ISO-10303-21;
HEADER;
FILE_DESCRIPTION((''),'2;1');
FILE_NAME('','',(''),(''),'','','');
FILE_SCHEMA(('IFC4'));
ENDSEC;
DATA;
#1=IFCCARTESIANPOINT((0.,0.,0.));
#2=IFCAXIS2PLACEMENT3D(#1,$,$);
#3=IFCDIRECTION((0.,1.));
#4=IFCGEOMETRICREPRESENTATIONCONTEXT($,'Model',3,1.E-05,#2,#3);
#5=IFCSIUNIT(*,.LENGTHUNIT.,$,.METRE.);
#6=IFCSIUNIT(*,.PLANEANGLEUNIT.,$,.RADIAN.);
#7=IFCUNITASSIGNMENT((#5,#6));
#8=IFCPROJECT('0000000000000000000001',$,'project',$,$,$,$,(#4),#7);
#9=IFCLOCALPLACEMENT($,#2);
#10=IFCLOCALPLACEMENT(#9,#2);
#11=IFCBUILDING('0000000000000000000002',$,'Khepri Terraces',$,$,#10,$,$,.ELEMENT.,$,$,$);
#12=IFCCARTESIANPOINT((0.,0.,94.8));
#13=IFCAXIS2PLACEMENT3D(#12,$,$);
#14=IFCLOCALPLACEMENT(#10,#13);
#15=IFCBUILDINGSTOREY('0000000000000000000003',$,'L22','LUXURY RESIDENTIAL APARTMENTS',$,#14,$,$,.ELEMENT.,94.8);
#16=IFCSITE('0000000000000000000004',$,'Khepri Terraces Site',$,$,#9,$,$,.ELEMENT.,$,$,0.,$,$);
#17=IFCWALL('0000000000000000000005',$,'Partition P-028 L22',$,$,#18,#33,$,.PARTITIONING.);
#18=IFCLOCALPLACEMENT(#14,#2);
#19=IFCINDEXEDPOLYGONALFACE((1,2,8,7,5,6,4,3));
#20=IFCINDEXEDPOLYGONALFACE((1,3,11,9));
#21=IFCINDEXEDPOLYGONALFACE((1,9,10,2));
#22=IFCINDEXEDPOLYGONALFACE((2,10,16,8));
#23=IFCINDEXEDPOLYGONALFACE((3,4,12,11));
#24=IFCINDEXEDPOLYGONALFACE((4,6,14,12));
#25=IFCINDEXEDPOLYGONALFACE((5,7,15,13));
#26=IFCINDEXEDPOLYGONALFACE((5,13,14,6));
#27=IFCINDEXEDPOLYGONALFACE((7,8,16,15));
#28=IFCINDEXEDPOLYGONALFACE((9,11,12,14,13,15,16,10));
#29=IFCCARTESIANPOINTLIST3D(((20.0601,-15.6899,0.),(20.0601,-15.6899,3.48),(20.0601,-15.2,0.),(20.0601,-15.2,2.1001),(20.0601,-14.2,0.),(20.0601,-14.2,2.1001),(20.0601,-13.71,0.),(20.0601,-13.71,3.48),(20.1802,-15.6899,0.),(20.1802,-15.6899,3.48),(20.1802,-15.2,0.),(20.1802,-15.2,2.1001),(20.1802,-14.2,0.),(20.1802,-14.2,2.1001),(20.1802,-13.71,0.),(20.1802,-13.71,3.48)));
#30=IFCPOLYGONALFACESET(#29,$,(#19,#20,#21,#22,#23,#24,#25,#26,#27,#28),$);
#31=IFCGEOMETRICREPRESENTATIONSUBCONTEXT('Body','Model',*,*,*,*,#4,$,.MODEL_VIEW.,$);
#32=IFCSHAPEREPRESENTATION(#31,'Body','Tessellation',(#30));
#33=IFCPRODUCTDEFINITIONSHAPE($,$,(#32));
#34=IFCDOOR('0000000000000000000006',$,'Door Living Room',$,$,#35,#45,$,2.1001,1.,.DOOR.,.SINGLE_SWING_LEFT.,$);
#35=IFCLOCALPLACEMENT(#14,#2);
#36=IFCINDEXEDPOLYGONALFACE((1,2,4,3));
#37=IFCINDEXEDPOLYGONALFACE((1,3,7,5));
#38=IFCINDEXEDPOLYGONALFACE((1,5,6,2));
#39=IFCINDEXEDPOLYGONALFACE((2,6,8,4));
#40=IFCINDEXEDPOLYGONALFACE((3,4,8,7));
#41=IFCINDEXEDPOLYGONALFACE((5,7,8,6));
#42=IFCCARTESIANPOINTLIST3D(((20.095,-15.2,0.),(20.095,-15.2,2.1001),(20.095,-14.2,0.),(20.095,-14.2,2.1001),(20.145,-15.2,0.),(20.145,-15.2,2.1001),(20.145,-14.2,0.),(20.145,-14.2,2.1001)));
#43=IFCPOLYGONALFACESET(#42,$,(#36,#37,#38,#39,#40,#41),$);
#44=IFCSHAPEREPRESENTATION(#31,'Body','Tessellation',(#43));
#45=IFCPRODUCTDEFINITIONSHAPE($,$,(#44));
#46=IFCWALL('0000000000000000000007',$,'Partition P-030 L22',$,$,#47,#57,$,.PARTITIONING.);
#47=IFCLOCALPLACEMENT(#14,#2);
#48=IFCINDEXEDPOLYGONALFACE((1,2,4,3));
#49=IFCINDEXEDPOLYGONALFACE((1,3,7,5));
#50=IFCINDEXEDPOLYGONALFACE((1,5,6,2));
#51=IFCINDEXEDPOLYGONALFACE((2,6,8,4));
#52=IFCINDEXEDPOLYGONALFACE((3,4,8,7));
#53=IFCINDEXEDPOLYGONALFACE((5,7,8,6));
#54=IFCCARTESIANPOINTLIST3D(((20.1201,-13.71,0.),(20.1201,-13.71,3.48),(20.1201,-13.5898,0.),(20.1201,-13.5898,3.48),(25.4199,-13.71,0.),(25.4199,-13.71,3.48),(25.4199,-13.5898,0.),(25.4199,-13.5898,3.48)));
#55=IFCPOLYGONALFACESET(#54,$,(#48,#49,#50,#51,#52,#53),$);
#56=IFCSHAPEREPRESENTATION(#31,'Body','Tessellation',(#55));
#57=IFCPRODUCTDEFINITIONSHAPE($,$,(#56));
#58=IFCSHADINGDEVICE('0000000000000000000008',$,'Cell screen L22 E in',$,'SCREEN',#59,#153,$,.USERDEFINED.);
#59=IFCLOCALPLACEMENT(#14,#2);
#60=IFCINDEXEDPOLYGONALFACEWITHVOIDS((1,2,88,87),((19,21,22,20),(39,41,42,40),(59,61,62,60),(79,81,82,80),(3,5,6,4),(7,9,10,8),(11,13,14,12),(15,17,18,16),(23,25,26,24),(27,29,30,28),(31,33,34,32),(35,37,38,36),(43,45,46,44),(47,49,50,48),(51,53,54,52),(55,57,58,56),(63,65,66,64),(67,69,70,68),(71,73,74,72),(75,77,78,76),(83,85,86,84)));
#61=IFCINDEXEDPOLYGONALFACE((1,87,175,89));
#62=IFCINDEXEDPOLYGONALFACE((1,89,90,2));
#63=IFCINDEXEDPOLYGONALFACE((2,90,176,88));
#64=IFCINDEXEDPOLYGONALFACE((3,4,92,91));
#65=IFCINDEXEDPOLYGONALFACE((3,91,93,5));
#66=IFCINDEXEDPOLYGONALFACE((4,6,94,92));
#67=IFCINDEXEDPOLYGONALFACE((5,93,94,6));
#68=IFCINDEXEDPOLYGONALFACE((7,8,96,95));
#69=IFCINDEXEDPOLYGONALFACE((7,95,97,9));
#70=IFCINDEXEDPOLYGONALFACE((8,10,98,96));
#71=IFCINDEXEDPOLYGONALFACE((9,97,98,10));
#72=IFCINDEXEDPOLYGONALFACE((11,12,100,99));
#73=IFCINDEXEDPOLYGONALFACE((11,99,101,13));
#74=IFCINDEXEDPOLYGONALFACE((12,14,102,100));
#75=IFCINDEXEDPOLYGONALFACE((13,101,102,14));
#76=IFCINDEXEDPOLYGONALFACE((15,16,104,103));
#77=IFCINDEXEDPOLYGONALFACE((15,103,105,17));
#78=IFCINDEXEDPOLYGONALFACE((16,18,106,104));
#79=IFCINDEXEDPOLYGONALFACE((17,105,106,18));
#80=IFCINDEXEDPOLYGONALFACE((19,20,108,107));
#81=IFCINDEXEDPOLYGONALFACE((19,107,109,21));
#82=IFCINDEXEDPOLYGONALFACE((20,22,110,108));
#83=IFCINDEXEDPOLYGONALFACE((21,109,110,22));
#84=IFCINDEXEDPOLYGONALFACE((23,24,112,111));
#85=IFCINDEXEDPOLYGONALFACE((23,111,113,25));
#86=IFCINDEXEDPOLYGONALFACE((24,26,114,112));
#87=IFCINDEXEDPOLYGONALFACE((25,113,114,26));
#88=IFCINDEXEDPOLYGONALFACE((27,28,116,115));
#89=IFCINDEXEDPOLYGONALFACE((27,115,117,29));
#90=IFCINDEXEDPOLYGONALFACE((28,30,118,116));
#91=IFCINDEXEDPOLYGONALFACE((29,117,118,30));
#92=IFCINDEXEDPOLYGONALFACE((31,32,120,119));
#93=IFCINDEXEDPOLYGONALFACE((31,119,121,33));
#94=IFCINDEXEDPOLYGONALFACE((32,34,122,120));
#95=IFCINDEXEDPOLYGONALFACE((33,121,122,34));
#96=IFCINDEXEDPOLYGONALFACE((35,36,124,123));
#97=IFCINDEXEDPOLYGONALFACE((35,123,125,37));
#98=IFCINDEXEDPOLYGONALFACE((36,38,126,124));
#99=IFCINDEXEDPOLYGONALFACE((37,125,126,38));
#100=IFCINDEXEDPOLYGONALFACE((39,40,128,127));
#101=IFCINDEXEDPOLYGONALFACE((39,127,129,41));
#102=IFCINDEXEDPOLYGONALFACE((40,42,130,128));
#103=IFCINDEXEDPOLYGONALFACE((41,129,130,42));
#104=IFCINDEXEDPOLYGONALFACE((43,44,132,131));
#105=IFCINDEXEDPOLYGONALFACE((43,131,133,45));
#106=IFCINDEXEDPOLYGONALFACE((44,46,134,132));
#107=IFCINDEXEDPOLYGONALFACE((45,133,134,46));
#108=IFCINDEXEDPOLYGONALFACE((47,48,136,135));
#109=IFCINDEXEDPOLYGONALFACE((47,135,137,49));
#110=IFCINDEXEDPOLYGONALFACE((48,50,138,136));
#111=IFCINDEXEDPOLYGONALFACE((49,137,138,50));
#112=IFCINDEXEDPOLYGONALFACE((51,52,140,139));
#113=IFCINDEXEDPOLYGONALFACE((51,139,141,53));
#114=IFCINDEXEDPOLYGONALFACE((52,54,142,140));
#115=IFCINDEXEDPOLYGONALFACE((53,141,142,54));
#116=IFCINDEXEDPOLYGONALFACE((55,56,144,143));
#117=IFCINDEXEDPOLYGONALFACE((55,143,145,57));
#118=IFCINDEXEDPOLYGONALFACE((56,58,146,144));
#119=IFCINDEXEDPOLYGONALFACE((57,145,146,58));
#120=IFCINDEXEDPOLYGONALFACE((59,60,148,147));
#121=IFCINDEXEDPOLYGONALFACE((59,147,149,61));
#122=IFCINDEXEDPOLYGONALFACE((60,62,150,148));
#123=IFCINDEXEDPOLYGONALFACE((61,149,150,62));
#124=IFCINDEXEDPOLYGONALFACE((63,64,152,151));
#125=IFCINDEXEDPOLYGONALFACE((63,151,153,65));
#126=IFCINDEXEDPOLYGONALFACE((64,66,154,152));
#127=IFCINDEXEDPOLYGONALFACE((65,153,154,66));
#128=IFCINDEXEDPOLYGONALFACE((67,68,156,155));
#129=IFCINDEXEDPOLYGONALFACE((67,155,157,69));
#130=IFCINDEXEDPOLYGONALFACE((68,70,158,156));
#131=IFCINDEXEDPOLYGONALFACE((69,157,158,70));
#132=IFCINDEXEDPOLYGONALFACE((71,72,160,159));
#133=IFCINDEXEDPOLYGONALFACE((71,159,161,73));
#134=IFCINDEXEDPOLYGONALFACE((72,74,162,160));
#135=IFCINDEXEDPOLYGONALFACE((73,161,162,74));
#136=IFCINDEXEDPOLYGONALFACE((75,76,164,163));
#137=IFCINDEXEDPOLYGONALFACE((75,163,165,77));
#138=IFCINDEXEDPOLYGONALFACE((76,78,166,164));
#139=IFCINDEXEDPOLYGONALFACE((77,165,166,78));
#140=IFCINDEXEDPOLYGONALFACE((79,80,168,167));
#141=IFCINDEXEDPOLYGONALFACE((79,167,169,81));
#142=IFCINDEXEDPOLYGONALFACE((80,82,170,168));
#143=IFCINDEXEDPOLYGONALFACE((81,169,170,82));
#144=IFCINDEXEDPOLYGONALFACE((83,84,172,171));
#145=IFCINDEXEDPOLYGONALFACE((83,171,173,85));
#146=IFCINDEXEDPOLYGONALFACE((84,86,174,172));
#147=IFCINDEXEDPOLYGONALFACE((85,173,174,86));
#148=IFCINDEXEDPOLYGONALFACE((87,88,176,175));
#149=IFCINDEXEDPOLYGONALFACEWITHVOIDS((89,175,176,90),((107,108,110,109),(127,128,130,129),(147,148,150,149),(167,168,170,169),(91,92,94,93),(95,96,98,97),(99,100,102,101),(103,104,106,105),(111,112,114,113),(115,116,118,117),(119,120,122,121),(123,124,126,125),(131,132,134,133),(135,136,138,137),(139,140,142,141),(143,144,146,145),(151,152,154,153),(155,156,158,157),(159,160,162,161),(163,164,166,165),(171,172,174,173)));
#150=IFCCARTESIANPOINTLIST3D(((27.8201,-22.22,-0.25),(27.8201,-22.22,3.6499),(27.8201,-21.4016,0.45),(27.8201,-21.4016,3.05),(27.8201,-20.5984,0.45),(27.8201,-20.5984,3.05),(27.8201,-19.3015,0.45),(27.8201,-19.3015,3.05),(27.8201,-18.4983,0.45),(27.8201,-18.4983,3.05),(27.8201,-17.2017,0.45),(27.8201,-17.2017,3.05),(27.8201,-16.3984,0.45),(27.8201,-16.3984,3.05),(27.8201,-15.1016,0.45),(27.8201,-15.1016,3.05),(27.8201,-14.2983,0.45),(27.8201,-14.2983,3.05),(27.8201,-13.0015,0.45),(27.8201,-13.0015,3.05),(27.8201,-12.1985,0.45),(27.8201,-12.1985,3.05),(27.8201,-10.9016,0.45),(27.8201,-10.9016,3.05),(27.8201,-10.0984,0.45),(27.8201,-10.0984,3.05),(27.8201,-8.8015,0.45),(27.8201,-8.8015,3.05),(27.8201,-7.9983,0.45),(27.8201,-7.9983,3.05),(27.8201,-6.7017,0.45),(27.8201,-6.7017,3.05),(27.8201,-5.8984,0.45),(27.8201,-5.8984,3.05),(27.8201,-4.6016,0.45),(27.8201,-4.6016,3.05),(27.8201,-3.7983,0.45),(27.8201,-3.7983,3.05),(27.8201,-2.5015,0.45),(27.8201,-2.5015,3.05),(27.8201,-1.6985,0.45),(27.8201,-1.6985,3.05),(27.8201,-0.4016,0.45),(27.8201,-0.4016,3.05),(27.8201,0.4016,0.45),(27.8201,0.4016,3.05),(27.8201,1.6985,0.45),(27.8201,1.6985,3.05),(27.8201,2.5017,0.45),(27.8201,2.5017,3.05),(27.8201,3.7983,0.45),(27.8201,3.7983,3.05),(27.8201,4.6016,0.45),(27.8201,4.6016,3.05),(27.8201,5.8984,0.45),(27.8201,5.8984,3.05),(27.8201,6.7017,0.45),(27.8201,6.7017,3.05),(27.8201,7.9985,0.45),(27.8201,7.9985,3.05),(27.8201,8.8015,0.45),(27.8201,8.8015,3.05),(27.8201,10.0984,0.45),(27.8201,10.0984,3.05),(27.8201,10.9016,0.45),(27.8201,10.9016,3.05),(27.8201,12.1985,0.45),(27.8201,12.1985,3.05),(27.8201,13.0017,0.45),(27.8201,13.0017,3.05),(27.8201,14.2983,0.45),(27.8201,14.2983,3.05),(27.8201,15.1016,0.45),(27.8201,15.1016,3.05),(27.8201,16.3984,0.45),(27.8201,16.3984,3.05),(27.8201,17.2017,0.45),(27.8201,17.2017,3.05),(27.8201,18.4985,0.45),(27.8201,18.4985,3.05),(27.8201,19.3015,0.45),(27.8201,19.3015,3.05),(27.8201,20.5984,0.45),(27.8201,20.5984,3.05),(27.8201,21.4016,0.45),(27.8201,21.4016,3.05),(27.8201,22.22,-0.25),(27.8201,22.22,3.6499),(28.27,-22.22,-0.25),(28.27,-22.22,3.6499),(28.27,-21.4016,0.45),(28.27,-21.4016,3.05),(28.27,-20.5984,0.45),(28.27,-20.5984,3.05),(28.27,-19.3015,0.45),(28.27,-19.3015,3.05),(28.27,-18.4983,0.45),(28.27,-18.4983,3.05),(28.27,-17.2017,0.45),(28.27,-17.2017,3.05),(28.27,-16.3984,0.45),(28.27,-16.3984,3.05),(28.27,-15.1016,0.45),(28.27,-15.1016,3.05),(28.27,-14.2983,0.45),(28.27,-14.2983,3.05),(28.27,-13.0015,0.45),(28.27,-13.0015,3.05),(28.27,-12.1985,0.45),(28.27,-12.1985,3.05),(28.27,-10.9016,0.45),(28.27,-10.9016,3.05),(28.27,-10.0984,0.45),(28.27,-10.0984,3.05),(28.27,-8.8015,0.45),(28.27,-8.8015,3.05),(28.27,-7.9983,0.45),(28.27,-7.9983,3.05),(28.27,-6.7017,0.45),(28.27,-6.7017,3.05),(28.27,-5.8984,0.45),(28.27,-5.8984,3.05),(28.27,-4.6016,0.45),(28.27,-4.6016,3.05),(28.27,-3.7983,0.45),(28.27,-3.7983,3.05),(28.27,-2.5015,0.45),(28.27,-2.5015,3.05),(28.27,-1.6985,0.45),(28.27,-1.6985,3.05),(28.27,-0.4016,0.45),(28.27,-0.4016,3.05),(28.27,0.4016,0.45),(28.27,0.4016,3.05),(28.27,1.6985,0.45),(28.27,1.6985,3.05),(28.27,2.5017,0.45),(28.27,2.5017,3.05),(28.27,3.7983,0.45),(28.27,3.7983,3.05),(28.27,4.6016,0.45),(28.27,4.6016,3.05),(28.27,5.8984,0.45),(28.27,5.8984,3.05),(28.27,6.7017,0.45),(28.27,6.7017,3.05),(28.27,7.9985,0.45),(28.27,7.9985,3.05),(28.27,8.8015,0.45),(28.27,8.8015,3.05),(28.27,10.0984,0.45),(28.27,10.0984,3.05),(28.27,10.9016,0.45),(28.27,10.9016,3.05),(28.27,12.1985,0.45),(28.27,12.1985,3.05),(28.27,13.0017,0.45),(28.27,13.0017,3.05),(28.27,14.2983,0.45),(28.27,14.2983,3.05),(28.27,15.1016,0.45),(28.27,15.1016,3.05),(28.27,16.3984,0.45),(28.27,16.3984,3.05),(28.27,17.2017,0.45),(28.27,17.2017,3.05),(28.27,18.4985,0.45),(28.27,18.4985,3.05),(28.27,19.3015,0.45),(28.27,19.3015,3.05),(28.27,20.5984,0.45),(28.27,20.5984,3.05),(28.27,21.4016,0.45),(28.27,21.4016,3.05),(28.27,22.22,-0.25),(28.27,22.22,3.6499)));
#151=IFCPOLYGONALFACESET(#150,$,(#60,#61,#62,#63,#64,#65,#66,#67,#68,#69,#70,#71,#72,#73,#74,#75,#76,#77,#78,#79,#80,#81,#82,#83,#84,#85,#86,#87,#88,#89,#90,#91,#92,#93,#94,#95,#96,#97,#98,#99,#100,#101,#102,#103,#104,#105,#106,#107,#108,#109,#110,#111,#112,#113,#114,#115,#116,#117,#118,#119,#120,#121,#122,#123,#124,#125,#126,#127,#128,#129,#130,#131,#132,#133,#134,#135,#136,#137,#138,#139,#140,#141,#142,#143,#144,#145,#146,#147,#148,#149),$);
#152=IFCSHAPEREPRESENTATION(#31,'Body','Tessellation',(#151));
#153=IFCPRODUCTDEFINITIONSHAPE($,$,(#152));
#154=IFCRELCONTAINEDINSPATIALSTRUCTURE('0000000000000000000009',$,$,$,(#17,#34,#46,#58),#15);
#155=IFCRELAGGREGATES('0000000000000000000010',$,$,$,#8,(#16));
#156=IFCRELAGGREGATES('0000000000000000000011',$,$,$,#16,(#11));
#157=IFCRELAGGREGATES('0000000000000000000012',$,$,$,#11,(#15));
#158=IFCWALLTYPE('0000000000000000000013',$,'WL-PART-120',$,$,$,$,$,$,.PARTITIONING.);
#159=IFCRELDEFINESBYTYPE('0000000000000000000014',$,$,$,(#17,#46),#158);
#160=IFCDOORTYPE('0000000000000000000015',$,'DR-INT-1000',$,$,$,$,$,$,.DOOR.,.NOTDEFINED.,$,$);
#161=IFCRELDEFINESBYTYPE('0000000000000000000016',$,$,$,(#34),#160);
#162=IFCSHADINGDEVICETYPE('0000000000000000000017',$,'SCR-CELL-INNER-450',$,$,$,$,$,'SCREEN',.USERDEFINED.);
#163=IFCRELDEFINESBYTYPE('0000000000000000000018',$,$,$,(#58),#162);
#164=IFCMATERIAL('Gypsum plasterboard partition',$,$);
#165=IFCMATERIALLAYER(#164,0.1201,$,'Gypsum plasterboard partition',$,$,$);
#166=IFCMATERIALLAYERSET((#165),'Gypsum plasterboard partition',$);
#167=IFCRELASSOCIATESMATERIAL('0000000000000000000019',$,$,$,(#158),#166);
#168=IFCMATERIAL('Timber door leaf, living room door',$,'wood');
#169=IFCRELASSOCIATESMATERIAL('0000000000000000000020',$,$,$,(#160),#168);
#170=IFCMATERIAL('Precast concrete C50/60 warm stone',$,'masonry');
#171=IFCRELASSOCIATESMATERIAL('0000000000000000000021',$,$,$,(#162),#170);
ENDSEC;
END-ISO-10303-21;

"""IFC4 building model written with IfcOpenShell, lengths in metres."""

from ifc_helpers import new_model, si_unit, direction, frame, frame_2d, origin, place, context, subcontext, project, spatial, polyline, rectangle, outline, extrude, material, layer, layer_set, type_object, element, fill, save


model = new_model("IFC4")

# Units and contexts
model_context = context("Model", 3, precision=1e-05, world=origin(), true_north=direction((0.0, 1.0)))
body_context = subcontext(model_context, "Body", "Model", "MODEL_VIEW")
ifc_project = project(units=[si_unit("LENGTHUNIT", "METRE"), si_unit("PLANEANGLEUNIT", "RADIAN")], contexts=[model_context])

# Site, building, storey
site_placement = place(None, origin())
site = spatial("IfcSite", under=ifc_project, at=site_placement, Name="Khepri Terraces Site", CompositionType="ELEMENT", RefElevation=0.0)
building_placement = place(site_placement, origin())
building = spatial("IfcBuilding", under=site, at=building_placement, Name="Khepri Terraces", CompositionType="ELEMENT")
storey_placement = place(building_placement, frame((0.0, 0.0, 94.8)))
storey = spatial("IfcBuildingStorey", under=building, at=storey_placement, Name="L22", Description="LUXURY RESIDENTIAL APARTMENTS", CompositionType="ELEMENT", Elevation=94.8)

# Shared definitions
ifc_material_1 = material(Name="Precast concrete C50/60 warm stone", Category="masonry")

# Shared definitions
ifc_material_2 = material(Name="Gypsum plasterboard partition")
ifc_layer_1 = layer(ifc_material_2, 0.1201, Name="Gypsum plasterboard partition")
ifc_layer_set_1 = layer_set([ifc_layer_1], Name="Gypsum plasterboard partition")
wall_type_1 = type_object("IfcWallType", Name="WL-PART-120", PredefinedType="PARTITIONING", material=ifc_layer_set_1)

# Wall, opening, door
ifc_material_3 = material(Name="Timber door leaf, living room door", Category="wood")
door_type_1 = type_object("IfcDoorType", Name="DR-INT-1000", OperationType="NOTDEFINED", PredefinedType="DOOR", material=ifc_material_3)
wall_1_placement = place(storey_placement, frame((20.1201, -15.6899, 0.0), z_axis=(0.0, 0.0, 1.0), x_axis=(0.0, 1.0, 0.0)))
wall_1 = element("IfcWall", 1, at=wall_1_placement, inside=storey, type_object=wall_type_1, Name="Partition P-028 L22", PredefinedType="PARTITIONING", context=body_context, shape_type="SweptSolid", body=[
    extrude(rectangle(XDim=1.98, YDim=0.1201, at=frame_2d((0.99, 0.0))), origin(), (0.0, 0.0, 1.0), 3.48),
])
opening_1_placement = place(wall_1_placement, frame((0.49, 0.0, 0.0)))
opening_1 = element("IfcOpeningElement", 2, at=opening_1_placement, cuts=wall_1, PredefinedType="OPENING", context=body_context, shape_type="SweptSolid", body=[
    extrude(rectangle(XDim=1.0, YDim=2.1001, at=frame_2d((0.5, 1.05))), frame((0.0, 0.0701, 0.0), z_axis=(0.0, -1.0, 0.0), x_axis=(1.0, 0.0, 0.0)), (0.0, 0.0, 1.0), 0.1401),
])
door_1_placement = place(opening_1_placement, frame((1.0, 0.0, 0.0), z_axis=(0.0, 0.0, 1.0), x_axis=(-1.0, 0.0, 0.0)))
door_1 = element("IfcDoor", 3, at=door_1_placement, inside=storey, type_object=door_type_1, Name="Door Living Room", OperationType="SINGLE_SWING_LEFT", OverallHeight=2.1001, OverallWidth=1.0, PredefinedType="DOOR", context=body_context, shape_type="SweptSolid", body=[
    extrude(rectangle(XDim=1.0, YDim=2.1001, at=frame_2d((0.5, 1.05))), frame((0.0, 0.0249, 0.0), z_axis=(0.0, -1.0, 0.0), x_axis=(1.0, 0.0, 0.0)), (0.0, 0.0, 1.0), 0.05),
])
fill(opening_1, door_1)

# Wall
wall_2_placement = place(storey_placement, frame((20.1201, -13.6499, 0.0), z_axis=(0.0, 0.0, 1.0), x_axis=(1.0, 0.0, 0.0)))
element("IfcWall", 4, at=wall_2_placement, inside=storey, type_object=wall_type_1, Name="Partition P-030 L22", PredefinedType="PARTITIONING", context=body_context, shape_type="SweptSolid", body=[
    extrude(rectangle(XDim=5.2998, YDim=0.1201, at=frame_2d((2.6499, 0.0))), origin(), (0.0, 0.0, 1.0), 3.48),
])

# Shading device
shading_device_type_1 = type_object("IfcShadingDeviceType", Name="SCR-CELL-INNER-450", ElementType="SCREEN", PredefinedType="USERDEFINED", material=ifc_material_1)
shading_device_1_placement = place(storey_placement, frame((27.8201, -22.22, -0.25), z_axis=(1.0, 0.0, 0.0), x_axis=(0.0, 1.0, 0.0)))
element("IfcShadingDevice", 5, at=shading_device_1_placement, inside=storey, type_object=shading_device_type_1, Name="Cell screen L22 E in", ObjectType="SCREEN", PredefinedType="USERDEFINED", context=body_context, shape_type="SweptSolid", body=[
    extrude(outline(polyline([(0.0, 0.0), (44.4399, 0.0), (44.4399, 3.8999), (0.0, 3.8999), (0.0, 0.0)]), holes=[polyline([(0.8184, 0.7), (1.6216, 0.7), (1.6216, 3.3), (0.8184, 3.3), (0.8184, 0.7)]), polyline([(2.9185, 0.7), (3.7217, 0.7), (3.7217, 3.3), (2.9185, 3.3), (2.9185, 0.7)]), polyline([(5.0183, 0.7), (5.8215, 0.7), (5.8215, 3.3), (5.0183, 3.3), (5.0183, 0.7)]), polyline([(7.1184, 0.7), (7.9216, 0.7), (7.9216, 3.3), (7.1184, 3.3), (7.1184, 0.7)]), polyline([(9.2185, 0.7), (10.0215, 0.7), (10.0215, 3.3), (9.2185, 3.3), (9.2185, 0.7)]), polyline([(11.3184, 0.7), (12.1216, 0.7), (12.1216, 3.3), (11.3184, 3.3), (11.3184, 0.7)]), polyline([(13.4185, 0.7), (14.2217, 0.7), (14.2217, 3.3), (13.4185, 3.3), (13.4185, 0.7)]), polyline([(15.5183, 0.7), (16.3215, 0.7), (16.3215, 3.3), (15.5183, 3.3), (15.5183, 0.7)]), polyline([(17.6184, 0.7), (18.4216, 0.7), (18.4216, 3.3), (17.6184, 3.3), (17.6184, 0.7)]), polyline([(19.7185, 0.7), (20.5215, 0.7), (20.5215, 3.3), (19.7185, 3.3), (19.7185, 0.7)]), polyline([(21.8184, 0.7), (22.6216, 0.7), (22.6216, 3.3), (21.8184, 3.3), (21.8184, 0.7)]), polyline([(23.9185, 0.7), (24.7217, 0.7), (24.7217, 3.3), (23.9185, 3.3), (23.9185, 0.7)]), polyline([(26.0183, 0.7), (26.8215, 0.7), (26.8215, 3.3), (26.0183, 3.3), (26.0183, 0.7)]), polyline([(28.1184, 0.7), (28.9216, 0.7), (28.9216, 3.3), (28.1184, 3.3), (28.1184, 0.7)]), polyline([(30.2185, 0.7), (31.0215, 0.7), (31.0215, 3.3), (30.2185, 3.3), (30.2185, 0.7)]), polyline([(32.3184, 0.7), (33.1216, 0.7), (33.1216, 3.3), (32.3184, 3.3), (32.3184, 0.7)]), polyline([(34.4185, 0.7), (35.2217, 0.7), (35.2217, 3.3), (34.4185, 3.3), (34.4185, 0.7)]), polyline([(36.5183, 0.7), (37.3215, 0.7), (37.3215, 3.3), (36.5183, 3.3), (36.5183, 0.7)]), polyline([(38.6184, 0.7), (39.4216, 0.7), (39.4216, 3.3), (38.6184, 3.3), (38.6184, 0.7)]), polyline([(40.7185, 0.7), (41.5215, 0.7), (41.5215, 3.3), (40.7185, 3.3), (40.7185, 0.7)]), polyline([(42.8184, 0.7), (43.6216, 0.7), (43.6216, 3.3), (42.8184, 3.3), (42.8184, 0.7)])]), origin(), (0.0, 0.0, 1.0), 0.45),
])

save(model, "model.ifc")
